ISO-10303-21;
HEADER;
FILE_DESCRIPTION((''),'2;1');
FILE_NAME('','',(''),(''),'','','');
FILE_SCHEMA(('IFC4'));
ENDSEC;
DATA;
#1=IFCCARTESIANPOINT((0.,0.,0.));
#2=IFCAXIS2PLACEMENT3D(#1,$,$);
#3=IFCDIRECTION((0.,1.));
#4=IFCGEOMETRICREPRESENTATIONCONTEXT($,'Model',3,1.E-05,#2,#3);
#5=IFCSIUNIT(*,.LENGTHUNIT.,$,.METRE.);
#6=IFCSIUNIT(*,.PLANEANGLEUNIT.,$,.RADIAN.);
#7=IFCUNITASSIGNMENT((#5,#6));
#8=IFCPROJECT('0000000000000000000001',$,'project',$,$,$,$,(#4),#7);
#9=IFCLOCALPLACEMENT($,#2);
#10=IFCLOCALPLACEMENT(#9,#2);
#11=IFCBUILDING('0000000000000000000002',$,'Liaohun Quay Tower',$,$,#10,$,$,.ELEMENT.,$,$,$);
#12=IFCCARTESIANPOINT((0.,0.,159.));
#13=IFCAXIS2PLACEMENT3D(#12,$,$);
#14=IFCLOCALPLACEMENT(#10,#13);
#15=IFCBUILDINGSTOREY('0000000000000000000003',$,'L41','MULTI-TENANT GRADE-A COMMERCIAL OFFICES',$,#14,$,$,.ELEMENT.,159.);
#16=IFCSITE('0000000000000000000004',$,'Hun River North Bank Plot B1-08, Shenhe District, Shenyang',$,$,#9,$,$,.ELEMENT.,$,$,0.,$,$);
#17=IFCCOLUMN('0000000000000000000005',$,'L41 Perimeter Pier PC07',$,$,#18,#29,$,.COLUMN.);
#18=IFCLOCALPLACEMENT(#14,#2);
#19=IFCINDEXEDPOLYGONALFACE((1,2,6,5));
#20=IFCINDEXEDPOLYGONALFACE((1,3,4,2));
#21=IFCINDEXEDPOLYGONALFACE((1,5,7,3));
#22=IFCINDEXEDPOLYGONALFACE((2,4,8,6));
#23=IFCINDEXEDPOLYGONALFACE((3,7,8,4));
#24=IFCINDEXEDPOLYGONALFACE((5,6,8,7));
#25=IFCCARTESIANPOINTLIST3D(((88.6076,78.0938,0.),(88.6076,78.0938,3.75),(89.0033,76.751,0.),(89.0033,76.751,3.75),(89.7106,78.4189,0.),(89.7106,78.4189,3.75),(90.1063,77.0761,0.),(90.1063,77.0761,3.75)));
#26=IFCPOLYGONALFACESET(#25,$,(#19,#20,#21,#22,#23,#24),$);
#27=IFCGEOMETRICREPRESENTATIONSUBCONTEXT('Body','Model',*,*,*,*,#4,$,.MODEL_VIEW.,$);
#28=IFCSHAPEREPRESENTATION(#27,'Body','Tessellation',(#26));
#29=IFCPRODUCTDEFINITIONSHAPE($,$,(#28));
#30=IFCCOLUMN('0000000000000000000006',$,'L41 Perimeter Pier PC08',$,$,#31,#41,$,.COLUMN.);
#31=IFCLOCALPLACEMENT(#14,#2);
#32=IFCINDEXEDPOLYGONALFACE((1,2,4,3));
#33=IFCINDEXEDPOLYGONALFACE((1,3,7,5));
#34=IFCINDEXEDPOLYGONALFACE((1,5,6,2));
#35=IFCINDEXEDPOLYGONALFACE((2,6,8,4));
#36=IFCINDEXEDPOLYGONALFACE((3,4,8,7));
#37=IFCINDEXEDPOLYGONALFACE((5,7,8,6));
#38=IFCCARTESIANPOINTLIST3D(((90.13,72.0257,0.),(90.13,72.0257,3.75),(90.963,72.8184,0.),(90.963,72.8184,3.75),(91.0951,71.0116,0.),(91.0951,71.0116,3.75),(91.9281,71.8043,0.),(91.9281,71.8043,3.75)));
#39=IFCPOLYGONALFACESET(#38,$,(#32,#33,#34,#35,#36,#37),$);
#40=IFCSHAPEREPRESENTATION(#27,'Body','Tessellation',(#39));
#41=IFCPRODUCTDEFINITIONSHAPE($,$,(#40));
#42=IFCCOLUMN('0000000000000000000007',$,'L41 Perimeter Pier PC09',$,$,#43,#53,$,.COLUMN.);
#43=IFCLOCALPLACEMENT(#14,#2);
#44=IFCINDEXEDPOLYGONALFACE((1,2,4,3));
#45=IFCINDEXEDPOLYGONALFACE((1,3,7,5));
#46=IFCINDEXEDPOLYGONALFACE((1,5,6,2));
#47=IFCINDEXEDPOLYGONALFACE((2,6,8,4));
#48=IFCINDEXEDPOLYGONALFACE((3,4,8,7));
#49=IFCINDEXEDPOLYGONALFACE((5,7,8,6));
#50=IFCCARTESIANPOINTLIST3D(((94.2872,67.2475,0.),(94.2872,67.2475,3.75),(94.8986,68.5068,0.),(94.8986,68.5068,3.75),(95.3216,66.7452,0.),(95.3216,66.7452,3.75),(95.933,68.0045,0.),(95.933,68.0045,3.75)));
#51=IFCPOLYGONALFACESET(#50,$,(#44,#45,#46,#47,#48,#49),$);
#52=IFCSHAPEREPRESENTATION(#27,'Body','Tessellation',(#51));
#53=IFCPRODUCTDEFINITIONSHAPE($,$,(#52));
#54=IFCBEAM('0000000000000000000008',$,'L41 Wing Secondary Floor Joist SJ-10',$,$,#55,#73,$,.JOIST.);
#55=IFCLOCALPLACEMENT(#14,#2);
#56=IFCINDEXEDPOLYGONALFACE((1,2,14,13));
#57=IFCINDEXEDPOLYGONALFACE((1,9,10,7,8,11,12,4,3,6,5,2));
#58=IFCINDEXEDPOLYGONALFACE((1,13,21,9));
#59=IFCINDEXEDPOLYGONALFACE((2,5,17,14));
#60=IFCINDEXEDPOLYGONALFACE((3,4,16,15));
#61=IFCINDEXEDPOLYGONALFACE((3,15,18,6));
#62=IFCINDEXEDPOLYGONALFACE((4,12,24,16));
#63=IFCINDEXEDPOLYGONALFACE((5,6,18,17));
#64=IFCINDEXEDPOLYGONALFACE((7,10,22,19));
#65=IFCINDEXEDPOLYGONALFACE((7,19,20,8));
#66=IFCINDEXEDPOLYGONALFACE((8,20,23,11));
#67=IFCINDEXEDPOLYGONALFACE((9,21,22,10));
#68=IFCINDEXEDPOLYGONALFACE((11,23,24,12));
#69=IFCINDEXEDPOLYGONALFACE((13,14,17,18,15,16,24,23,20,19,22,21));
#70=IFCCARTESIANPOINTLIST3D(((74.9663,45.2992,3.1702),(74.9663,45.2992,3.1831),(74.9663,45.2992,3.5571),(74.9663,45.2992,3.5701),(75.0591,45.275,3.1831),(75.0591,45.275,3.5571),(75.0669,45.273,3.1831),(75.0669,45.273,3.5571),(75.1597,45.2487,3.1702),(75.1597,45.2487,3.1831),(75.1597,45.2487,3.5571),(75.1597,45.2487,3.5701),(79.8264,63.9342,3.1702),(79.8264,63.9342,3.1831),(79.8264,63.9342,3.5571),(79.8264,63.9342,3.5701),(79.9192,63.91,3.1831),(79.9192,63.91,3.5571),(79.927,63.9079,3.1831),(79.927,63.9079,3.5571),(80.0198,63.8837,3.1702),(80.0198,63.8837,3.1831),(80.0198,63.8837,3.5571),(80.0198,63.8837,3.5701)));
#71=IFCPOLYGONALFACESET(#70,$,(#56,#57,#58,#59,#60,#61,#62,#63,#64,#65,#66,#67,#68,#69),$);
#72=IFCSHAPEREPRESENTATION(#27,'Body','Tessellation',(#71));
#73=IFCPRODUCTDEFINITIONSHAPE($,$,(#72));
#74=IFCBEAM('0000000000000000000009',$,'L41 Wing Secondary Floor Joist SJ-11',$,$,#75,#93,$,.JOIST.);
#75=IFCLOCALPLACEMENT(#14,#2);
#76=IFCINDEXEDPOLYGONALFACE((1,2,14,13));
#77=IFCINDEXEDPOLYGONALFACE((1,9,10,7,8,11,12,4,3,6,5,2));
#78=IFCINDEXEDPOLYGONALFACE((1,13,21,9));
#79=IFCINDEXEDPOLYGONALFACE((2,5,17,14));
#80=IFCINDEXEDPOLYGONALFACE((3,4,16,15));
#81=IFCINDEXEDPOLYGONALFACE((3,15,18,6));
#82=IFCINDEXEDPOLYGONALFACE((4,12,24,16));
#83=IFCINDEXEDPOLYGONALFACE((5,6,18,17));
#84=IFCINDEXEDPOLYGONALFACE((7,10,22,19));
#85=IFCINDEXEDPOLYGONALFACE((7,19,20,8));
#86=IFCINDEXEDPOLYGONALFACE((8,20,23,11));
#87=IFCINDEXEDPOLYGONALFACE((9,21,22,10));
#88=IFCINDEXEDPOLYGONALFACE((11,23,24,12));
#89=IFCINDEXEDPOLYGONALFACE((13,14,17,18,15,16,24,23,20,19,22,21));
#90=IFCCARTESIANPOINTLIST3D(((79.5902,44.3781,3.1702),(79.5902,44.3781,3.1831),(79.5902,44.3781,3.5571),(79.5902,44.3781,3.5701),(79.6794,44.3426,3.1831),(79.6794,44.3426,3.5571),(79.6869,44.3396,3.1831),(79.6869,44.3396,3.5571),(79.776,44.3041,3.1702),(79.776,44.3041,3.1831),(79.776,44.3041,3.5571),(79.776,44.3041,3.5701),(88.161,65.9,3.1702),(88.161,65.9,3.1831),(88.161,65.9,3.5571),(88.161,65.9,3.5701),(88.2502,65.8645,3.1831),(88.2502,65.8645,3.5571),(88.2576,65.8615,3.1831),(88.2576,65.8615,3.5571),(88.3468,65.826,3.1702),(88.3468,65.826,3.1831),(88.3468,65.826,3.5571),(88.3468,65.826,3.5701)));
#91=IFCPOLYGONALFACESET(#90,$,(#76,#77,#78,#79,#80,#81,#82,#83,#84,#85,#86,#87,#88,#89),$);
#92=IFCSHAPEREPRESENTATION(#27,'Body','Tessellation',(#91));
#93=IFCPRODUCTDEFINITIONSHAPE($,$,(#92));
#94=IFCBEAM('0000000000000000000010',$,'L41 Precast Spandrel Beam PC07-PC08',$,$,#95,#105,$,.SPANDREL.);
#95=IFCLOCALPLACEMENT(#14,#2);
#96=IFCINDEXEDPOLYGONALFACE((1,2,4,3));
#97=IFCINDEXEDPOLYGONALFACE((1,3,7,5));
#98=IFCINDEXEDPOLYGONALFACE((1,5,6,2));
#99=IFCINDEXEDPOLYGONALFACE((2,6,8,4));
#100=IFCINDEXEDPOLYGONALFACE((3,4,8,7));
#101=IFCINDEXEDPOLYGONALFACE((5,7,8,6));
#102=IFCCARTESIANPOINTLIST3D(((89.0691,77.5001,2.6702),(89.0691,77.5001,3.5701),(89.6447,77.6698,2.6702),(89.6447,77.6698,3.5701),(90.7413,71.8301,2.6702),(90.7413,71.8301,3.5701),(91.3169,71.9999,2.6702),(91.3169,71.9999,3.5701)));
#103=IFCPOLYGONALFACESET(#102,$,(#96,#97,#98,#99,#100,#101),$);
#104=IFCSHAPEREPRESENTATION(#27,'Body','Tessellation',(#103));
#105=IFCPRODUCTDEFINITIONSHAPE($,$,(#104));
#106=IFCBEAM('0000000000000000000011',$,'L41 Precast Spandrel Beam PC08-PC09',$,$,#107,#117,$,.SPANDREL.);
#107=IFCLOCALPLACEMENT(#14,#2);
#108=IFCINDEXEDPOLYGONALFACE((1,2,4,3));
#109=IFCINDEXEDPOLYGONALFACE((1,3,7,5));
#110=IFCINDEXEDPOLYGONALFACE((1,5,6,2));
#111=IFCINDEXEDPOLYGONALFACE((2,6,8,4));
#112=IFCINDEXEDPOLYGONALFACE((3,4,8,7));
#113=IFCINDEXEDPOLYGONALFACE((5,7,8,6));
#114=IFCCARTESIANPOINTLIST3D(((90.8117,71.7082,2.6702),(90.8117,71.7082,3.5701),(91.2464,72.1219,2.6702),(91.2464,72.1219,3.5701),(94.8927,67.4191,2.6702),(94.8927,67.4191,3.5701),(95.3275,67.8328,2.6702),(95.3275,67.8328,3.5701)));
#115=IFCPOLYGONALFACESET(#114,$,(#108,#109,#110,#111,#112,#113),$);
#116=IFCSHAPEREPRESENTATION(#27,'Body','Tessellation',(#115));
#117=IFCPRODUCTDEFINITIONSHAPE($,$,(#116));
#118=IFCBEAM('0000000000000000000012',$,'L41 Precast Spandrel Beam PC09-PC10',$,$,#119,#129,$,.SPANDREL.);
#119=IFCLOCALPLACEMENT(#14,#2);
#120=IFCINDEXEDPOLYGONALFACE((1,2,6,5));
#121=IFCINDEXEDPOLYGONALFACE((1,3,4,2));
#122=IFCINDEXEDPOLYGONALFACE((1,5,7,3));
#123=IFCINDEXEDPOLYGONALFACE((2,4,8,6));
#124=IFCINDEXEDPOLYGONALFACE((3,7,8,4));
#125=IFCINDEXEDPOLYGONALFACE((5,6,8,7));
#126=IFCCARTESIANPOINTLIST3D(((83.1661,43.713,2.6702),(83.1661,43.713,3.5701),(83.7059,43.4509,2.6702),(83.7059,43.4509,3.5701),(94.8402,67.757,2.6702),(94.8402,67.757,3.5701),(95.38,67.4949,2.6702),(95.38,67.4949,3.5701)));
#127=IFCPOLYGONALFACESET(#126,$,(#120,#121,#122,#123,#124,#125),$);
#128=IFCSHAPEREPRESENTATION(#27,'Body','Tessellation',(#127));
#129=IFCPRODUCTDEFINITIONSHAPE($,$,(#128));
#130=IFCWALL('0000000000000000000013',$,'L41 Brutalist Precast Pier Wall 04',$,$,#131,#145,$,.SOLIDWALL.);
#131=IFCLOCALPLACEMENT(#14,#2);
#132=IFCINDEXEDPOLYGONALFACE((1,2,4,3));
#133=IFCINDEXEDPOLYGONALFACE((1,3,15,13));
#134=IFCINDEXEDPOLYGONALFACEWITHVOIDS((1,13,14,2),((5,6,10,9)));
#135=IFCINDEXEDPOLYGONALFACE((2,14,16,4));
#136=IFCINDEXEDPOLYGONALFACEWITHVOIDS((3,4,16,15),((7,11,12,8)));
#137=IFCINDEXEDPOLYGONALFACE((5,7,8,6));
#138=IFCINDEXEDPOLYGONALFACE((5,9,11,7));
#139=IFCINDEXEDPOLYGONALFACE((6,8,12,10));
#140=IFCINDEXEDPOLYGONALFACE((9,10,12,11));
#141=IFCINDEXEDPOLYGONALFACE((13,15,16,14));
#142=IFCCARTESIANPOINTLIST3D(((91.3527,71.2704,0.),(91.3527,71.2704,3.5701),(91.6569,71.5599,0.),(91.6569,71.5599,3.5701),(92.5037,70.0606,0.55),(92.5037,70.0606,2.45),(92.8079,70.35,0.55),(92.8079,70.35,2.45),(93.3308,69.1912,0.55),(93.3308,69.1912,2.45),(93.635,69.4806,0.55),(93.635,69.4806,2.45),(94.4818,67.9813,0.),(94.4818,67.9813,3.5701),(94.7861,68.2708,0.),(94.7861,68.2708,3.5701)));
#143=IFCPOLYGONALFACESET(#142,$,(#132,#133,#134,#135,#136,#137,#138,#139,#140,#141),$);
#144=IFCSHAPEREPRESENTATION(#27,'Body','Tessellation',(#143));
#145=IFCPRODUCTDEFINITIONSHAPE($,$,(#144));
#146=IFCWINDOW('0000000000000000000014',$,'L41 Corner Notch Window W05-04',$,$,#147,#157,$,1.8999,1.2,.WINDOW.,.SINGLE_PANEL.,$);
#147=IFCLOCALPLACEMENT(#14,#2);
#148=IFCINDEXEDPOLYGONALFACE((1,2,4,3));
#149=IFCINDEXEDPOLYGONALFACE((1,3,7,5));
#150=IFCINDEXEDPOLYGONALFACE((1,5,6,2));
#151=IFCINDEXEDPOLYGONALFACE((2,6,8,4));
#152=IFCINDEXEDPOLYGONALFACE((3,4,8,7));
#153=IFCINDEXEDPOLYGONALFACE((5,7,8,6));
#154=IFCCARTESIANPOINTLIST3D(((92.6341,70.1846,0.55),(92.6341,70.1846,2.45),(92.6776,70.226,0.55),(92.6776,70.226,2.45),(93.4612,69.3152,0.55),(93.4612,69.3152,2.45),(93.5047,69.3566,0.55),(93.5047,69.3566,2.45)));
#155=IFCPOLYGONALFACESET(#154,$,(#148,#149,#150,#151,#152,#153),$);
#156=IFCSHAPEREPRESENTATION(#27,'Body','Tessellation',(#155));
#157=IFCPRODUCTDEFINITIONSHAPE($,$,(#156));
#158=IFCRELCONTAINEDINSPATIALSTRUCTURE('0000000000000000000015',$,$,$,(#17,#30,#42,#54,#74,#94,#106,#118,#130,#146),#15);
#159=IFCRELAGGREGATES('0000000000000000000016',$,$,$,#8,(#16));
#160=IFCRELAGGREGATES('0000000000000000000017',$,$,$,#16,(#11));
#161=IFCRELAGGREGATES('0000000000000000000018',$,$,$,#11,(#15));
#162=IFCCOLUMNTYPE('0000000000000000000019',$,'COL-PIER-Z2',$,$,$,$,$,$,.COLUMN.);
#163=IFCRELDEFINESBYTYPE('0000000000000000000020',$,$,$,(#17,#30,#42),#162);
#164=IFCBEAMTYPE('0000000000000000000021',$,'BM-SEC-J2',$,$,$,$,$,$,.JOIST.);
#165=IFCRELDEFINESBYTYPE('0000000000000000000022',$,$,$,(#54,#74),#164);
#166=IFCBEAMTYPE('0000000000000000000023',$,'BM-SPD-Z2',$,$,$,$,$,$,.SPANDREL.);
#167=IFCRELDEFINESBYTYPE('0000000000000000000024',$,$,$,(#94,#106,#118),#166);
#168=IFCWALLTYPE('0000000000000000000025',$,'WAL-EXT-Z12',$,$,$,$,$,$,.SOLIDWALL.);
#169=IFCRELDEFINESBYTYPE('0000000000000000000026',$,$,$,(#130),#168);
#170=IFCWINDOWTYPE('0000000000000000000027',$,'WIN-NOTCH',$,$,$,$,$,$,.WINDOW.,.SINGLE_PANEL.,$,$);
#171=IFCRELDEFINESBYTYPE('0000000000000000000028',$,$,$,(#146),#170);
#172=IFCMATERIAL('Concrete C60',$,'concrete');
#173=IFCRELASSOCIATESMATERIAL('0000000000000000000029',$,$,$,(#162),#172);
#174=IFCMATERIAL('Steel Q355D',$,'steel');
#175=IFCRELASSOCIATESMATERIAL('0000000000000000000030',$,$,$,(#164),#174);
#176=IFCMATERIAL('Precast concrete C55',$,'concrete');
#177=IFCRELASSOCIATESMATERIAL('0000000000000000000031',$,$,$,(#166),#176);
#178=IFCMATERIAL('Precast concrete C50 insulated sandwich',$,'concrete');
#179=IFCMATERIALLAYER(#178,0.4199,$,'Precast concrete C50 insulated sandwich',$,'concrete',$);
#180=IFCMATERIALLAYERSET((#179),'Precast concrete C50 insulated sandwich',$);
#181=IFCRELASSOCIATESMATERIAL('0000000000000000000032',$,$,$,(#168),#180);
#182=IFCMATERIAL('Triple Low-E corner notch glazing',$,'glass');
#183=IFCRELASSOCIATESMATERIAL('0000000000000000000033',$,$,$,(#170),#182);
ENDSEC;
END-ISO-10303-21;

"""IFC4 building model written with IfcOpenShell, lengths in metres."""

from ifc_helpers import new_model, si_unit, direction, frame, frame_2d, origin, origin_2d, place, context, subcontext, project, spatial, rectangle, i_section, extrude, source, transform, mapped, material, layer, layer_set, material_profile, profile_set, type_object, element, fill, save


model = new_model("IFC4")

# Units and contexts
model_context = context("Model", 3, precision=1e-05, world=origin(), true_north=direction((0.0, 1.0)))
body_context = subcontext(model_context, "Body", "Model", "MODEL_VIEW")
ifc_project = project(units=[si_unit("LENGTHUNIT", "METRE"), si_unit("PLANEANGLEUNIT", "RADIAN")], contexts=[model_context])

# Site, building, storey
site_placement = place(None, origin())
site = spatial("IfcSite", under=ifc_project, at=site_placement, Name="Hun River North Bank Plot B1-08, Shenhe District, Shenyang", CompositionType="ELEMENT", RefElevation=0.0)
building_placement = place(site_placement, origin())
building = spatial("IfcBuilding", under=site, at=building_placement, Name="Liaohun Quay Tower", CompositionType="ELEMENT")
storey_placement = place(building_placement, frame((0.0, 0.0, 159.0)))
storey = spatial("IfcBuildingStorey", under=building, at=storey_placement, Name="L41", Description="MULTI-TENANT GRADE-A COMMERCIAL OFFICES", CompositionType="ELEMENT", Elevation=159.0)

# Columns
ifc_material_1 = material(Name="Concrete C60", Category="concrete")
ifc_material_profile_1 = material_profile(ifc_material_1, rectangle(XDim=1.3999, YDim=1.1499, at=origin_2d()), Name="RC1400x1150")
ifc_profile_set_1 = profile_set([ifc_material_profile_1], Name="Concrete C60")
column_type = type_object("IfcColumnType", Name="COL-PIER-Z2", PredefinedType="COLUMN", material=ifc_profile_set_1)
shared_shape_1 = source(origin(), body_context, "Body", "SweptSolid", [
    extrude(rectangle(XDim=1.3999, YDim=1.1499, at=origin_2d()), origin(), (0.0, 0.0, 1.0), 3.75),
])
for number, where, z_axis, x_axis, name in (
    (1, (89.3569, 77.585, 0.0), (0.0, 0.0, 1.0), (-0.282676, 0.959215, 0.0), "L41 Perimeter Pier PC07"),
    (2, (91.0291, 71.915, 0.0), (0.0, 0.0, 1.0), (-0.689367, 0.724413, 0.0), "L41 Perimeter Pier PC08"),
    (3, (95.1101, 67.626, 0.0), (0.0, 0.0, 1.0), (0.436802, 0.899558, 0.0), "L41 Perimeter Pier PC09"),
):
    element("IfcColumn", number, at=place(storey_placement, frame(where, z_axis=z_axis, x_axis=x_axis)), inside=storey, type_object=column_type, Name=name, PredefinedType="COLUMN", context=body_context, shape_type="MappedRepresentation", body=[
        mapped(shared_shape_1, transform((0.0, 0.0, 0.0), x_axis=(1.0, 0.0, 0.0), y_axis=(0.0, 1.0, 0.0), z_axis=(0.0, 0.0, 1.0), scale=1.0)),
    ])

# Beams
ifc_material_2 = material(Name="Steel Q355D", Category="steel")
ifc_material_profile_2 = material_profile(ifc_material_2, i_section(OverallWidth=0.2, OverallDepth=0.3999, WebThickness=0.0081, FlangeThickness=0.0129, at=origin_2d()), Name="HN400x200x8x13")
ifc_profile_set_2 = profile_set([ifc_material_profile_2], Name="Steel Q355D")
beam_type_1 = type_object("IfcBeamType", Name="BM-SEC-J2", PredefinedType="JOIST", material=ifc_profile_set_2)
shared_shape_2 = source(origin(), body_context, "Body", "SweptSolid", [
    extrude(i_section(OverallWidth=0.2, OverallDepth=0.3999, WebThickness=0.0081, FlangeThickness=0.0129, at=origin_2d()), origin(), (0.0, 0.0, 1.0), 19.2583),
])
beam_1_placement = place(storey_placement, frame((79.9231, 63.9089, 3.3701), z_axis=(-0.252364, -0.967632, 0.0), x_axis=(0.967632, -0.252364, 0.0)))
element("IfcBeam", 4, at=beam_1_placement, inside=storey, type_object=beam_type_1, Name="L41 Wing Secondary Floor Joist SJ-10", PredefinedType="JOIST", context=body_context, shape_type="MappedRepresentation", body=[
    mapped(shared_shape_2, transform((0.0, 0.0, 0.0), x_axis=(1.0, 0.0, 0.0), y_axis=(0.0, 1.0, 0.0), z_axis=(0.0, 0.0, 1.0), scale=1.0)),
])
shared_shape_3 = source(origin(), body_context, "Body", "SweptSolid", [
    extrude(i_section(OverallWidth=0.2, OverallDepth=0.3999, WebThickness=0.0081, FlangeThickness=0.0129, at=origin_2d()), origin(), (0.0, 0.0, 1.0), 23.1658),
])
beam_2_placement = place(storey_placement, frame((88.2539, 65.863, 3.3701), z_axis=(-0.369977, -0.929041, 0.0), x_axis=(0.929041, -0.369977, 0.0)))
element("IfcBeam", 5, at=beam_2_placement, inside=storey, type_object=beam_type_1, Name="L41 Wing Secondary Floor Joist SJ-11", PredefinedType="JOIST", context=body_context, shape_type="MappedRepresentation", body=[
    mapped(shared_shape_3, transform((0.0, 0.0, 0.0), x_axis=(1.0, 0.0, 0.0), y_axis=(0.0, 1.0, 0.0), z_axis=(0.0, 0.0, 1.0), scale=1.0)),
])
ifc_material_3 = material(Name="Precast concrete C55", Category="concrete")
ifc_material_profile_3 = material_profile(ifc_material_3, rectangle(XDim=0.6001, YDim=0.8999, at=origin_2d()), Name="RC600x900")
ifc_profile_set_3 = profile_set([ifc_material_profile_3], Name="Precast concrete C55")
beam_type_2 = type_object("IfcBeamType", Name="BM-SPD-Z2", PredefinedType="SPANDREL", material=ifc_profile_set_3)
shared_shape_4 = source(origin(), body_context, "Body", "SweptSolid", [
    extrude(rectangle(XDim=0.6001, YDim=0.8999, at=origin_2d()), origin(), (0.0, 0.0, 1.0), 5.9114),
])
beam_3_placement = place(storey_placement, frame((89.3569, 77.585, 3.1201), z_axis=(0.282866, -0.959159, 0.0), x_axis=(0.959159, 0.282866, 0.0)))
element("IfcBeam", 6, at=beam_3_placement, inside=storey, type_object=beam_type_2, Name="L41 Precast Spandrel Beam PC07-PC08", PredefinedType="SPANDREL", context=body_context, shape_type="MappedRepresentation", body=[
    mapped(shared_shape_4, transform((0.0, 0.0, 0.0), x_axis=(1.0, 0.0, 0.0), y_axis=(0.0, 1.0, 0.0), z_axis=(0.0, 0.0, 1.0), scale=1.0)),
])
shared_shape_5 = source(origin(), body_context, "Body", "SweptSolid", [
    extrude(rectangle(XDim=0.6001, YDim=0.8999, at=origin_2d()), origin(), (0.0, 0.0, 1.0), 5.9204),
])
beam_4_placement = place(storey_placement, frame((91.0291, 71.915, 3.1201), z_axis=(0.689321, -0.724456, 0.0), x_axis=(0.724456, 0.689321, 0.0)))
element("IfcBeam", 7, at=beam_4_placement, inside=storey, type_object=beam_type_2, Name="L41 Precast Spandrel Beam PC08-PC09", PredefinedType="SPANDREL", context=body_context, shape_type="MappedRepresentation", body=[
    mapped(shared_shape_5, transform((0.0, 0.0, 0.0), x_axis=(1.0, 0.0, 0.0), y_axis=(0.0, 1.0, 0.0), z_axis=(0.0, 0.0, 1.0), scale=1.0)),
])
shared_shape_6 = source(origin(), body_context, "Body", "SweptSolid", [
    extrude(rectangle(XDim=0.6001, YDim=0.8999, at=origin_2d()), origin(), (0.0, 0.0, 1.0), 26.7283),
])
beam_5_placement = place(storey_placement, frame((95.1101, 67.626, 3.1201), z_axis=(-0.43677, -0.899573, 0.0), x_axis=(0.899573, -0.43677, 0.0)))
element("IfcBeam", 8, at=beam_5_placement, inside=storey, type_object=beam_type_2, Name="L41 Precast Spandrel Beam PC09-PC10", PredefinedType="SPANDREL", context=body_context, shape_type="MappedRepresentation", body=[
    mapped(shared_shape_6, transform((0.0, 0.0, 0.0), x_axis=(1.0, 0.0, 0.0), y_axis=(0.0, 1.0, 0.0), z_axis=(0.0, 0.0, 1.0), scale=1.0)),
])

# Wall, opening, window
ifc_material_4 = material(Name="Precast concrete C50 insulated sandwich", Category="concrete")
ifc_layer_1 = layer(ifc_material_4, 0.4199, Name="Precast concrete C50 insulated sandwich", Category="concrete")
ifc_layer_set_1 = layer_set([ifc_layer_1], Name="Precast concrete C50 insulated sandwich")
wall_type_1 = type_object("IfcWallType", Name="WAL-EXT-Z12", PredefinedType="SOLIDWALL", material=ifc_layer_set_1)
wall_1_placement = place(storey_placement, frame((94.634, 68.126, 0.0), z_axis=(0.0, 0.0, 1.0), x_axis=(-0.689275, 0.7245, 0.0)))
wall_1 = element("IfcWall", 9, at=wall_1_placement, inside=storey, type_object=wall_type_1, Name="L41 Brutalist Precast Pier Wall 04", PredefinedType="SOLIDWALL", context=body_context, shape_type="SweptSolid", body=[
    extrude(rectangle(XDim=4.5398, YDim=0.4199, at=frame_2d((2.27, 0.0))), origin(), (0.0, 0.0, 1.0), 3.5701),
])
shared_shape_7 = source(origin(), body_context, "Body", "SweptSolid", [
    extrude(rectangle(XDim=1.2, YDim=1.8999, at=frame_2d((0.6001, 0.95))), frame((0.0, 0.22, 0.0), z_axis=(0.0, -1.0, 0.0), x_axis=(1.0, 0.0, 0.0)), (0.0, 0.0, 1.0), 0.4399),
])
opening_1_placement = place(wall_1_placement, frame((1.6699, 0.0, 0.55)))
opening_1 = element("IfcOpeningElement", 10, at=opening_1_placement, cuts=wall_1, PredefinedType="OPENING", context=body_context, shape_type="MappedRepresentation", body=[
    mapped(shared_shape_7, transform((0.0, 0.0, 0.0), x_axis=(1.0, 0.0, 0.0), y_axis=(0.0, 1.0, 0.0), z_axis=(0.0, 0.0, 1.0), scale=1.0)),
])
ifc_material_5 = material(Name="Triple Low-E corner notch glazing", Category="glass")
window_type_1 = type_object("IfcWindowType", Name="WIN-NOTCH", PartitioningType="SINGLE_PANEL", PredefinedType="WINDOW", material=ifc_material_5)
shared_shape_8 = source(origin(), body_context, "Body", "SweptSolid", [
    extrude(rectangle(XDim=1.2, YDim=1.8999, at=frame_2d((0.6001, 0.95))), frame((0.0, 0.03, 0.0), z_axis=(0.0, -1.0, 0.0), x_axis=(1.0, 0.0, 0.0)), (0.0, 0.0, 1.0), 0.0601),
])
window_1_placement = place(opening_1_placement, origin())
window_1 = element("IfcWindow", 11, at=window_1_placement, inside=storey, type_object=window_type_1, Name="L41 Corner Notch Window W05-04", OverallHeight=1.8999, OverallWidth=1.2, PartitioningType="SINGLE_PANEL", PredefinedType="WINDOW", context=body_context, shape_type="MappedRepresentation", body=[
    mapped(shared_shape_8, transform((0.0, 0.0, 0.0), x_axis=(1.0, 0.0, 0.0), y_axis=(0.0, 1.0, 0.0), z_axis=(0.0, 0.0, 1.0), scale=1.0)),
])
fill(opening_1, window_1)

save(model, "model.ifc")
